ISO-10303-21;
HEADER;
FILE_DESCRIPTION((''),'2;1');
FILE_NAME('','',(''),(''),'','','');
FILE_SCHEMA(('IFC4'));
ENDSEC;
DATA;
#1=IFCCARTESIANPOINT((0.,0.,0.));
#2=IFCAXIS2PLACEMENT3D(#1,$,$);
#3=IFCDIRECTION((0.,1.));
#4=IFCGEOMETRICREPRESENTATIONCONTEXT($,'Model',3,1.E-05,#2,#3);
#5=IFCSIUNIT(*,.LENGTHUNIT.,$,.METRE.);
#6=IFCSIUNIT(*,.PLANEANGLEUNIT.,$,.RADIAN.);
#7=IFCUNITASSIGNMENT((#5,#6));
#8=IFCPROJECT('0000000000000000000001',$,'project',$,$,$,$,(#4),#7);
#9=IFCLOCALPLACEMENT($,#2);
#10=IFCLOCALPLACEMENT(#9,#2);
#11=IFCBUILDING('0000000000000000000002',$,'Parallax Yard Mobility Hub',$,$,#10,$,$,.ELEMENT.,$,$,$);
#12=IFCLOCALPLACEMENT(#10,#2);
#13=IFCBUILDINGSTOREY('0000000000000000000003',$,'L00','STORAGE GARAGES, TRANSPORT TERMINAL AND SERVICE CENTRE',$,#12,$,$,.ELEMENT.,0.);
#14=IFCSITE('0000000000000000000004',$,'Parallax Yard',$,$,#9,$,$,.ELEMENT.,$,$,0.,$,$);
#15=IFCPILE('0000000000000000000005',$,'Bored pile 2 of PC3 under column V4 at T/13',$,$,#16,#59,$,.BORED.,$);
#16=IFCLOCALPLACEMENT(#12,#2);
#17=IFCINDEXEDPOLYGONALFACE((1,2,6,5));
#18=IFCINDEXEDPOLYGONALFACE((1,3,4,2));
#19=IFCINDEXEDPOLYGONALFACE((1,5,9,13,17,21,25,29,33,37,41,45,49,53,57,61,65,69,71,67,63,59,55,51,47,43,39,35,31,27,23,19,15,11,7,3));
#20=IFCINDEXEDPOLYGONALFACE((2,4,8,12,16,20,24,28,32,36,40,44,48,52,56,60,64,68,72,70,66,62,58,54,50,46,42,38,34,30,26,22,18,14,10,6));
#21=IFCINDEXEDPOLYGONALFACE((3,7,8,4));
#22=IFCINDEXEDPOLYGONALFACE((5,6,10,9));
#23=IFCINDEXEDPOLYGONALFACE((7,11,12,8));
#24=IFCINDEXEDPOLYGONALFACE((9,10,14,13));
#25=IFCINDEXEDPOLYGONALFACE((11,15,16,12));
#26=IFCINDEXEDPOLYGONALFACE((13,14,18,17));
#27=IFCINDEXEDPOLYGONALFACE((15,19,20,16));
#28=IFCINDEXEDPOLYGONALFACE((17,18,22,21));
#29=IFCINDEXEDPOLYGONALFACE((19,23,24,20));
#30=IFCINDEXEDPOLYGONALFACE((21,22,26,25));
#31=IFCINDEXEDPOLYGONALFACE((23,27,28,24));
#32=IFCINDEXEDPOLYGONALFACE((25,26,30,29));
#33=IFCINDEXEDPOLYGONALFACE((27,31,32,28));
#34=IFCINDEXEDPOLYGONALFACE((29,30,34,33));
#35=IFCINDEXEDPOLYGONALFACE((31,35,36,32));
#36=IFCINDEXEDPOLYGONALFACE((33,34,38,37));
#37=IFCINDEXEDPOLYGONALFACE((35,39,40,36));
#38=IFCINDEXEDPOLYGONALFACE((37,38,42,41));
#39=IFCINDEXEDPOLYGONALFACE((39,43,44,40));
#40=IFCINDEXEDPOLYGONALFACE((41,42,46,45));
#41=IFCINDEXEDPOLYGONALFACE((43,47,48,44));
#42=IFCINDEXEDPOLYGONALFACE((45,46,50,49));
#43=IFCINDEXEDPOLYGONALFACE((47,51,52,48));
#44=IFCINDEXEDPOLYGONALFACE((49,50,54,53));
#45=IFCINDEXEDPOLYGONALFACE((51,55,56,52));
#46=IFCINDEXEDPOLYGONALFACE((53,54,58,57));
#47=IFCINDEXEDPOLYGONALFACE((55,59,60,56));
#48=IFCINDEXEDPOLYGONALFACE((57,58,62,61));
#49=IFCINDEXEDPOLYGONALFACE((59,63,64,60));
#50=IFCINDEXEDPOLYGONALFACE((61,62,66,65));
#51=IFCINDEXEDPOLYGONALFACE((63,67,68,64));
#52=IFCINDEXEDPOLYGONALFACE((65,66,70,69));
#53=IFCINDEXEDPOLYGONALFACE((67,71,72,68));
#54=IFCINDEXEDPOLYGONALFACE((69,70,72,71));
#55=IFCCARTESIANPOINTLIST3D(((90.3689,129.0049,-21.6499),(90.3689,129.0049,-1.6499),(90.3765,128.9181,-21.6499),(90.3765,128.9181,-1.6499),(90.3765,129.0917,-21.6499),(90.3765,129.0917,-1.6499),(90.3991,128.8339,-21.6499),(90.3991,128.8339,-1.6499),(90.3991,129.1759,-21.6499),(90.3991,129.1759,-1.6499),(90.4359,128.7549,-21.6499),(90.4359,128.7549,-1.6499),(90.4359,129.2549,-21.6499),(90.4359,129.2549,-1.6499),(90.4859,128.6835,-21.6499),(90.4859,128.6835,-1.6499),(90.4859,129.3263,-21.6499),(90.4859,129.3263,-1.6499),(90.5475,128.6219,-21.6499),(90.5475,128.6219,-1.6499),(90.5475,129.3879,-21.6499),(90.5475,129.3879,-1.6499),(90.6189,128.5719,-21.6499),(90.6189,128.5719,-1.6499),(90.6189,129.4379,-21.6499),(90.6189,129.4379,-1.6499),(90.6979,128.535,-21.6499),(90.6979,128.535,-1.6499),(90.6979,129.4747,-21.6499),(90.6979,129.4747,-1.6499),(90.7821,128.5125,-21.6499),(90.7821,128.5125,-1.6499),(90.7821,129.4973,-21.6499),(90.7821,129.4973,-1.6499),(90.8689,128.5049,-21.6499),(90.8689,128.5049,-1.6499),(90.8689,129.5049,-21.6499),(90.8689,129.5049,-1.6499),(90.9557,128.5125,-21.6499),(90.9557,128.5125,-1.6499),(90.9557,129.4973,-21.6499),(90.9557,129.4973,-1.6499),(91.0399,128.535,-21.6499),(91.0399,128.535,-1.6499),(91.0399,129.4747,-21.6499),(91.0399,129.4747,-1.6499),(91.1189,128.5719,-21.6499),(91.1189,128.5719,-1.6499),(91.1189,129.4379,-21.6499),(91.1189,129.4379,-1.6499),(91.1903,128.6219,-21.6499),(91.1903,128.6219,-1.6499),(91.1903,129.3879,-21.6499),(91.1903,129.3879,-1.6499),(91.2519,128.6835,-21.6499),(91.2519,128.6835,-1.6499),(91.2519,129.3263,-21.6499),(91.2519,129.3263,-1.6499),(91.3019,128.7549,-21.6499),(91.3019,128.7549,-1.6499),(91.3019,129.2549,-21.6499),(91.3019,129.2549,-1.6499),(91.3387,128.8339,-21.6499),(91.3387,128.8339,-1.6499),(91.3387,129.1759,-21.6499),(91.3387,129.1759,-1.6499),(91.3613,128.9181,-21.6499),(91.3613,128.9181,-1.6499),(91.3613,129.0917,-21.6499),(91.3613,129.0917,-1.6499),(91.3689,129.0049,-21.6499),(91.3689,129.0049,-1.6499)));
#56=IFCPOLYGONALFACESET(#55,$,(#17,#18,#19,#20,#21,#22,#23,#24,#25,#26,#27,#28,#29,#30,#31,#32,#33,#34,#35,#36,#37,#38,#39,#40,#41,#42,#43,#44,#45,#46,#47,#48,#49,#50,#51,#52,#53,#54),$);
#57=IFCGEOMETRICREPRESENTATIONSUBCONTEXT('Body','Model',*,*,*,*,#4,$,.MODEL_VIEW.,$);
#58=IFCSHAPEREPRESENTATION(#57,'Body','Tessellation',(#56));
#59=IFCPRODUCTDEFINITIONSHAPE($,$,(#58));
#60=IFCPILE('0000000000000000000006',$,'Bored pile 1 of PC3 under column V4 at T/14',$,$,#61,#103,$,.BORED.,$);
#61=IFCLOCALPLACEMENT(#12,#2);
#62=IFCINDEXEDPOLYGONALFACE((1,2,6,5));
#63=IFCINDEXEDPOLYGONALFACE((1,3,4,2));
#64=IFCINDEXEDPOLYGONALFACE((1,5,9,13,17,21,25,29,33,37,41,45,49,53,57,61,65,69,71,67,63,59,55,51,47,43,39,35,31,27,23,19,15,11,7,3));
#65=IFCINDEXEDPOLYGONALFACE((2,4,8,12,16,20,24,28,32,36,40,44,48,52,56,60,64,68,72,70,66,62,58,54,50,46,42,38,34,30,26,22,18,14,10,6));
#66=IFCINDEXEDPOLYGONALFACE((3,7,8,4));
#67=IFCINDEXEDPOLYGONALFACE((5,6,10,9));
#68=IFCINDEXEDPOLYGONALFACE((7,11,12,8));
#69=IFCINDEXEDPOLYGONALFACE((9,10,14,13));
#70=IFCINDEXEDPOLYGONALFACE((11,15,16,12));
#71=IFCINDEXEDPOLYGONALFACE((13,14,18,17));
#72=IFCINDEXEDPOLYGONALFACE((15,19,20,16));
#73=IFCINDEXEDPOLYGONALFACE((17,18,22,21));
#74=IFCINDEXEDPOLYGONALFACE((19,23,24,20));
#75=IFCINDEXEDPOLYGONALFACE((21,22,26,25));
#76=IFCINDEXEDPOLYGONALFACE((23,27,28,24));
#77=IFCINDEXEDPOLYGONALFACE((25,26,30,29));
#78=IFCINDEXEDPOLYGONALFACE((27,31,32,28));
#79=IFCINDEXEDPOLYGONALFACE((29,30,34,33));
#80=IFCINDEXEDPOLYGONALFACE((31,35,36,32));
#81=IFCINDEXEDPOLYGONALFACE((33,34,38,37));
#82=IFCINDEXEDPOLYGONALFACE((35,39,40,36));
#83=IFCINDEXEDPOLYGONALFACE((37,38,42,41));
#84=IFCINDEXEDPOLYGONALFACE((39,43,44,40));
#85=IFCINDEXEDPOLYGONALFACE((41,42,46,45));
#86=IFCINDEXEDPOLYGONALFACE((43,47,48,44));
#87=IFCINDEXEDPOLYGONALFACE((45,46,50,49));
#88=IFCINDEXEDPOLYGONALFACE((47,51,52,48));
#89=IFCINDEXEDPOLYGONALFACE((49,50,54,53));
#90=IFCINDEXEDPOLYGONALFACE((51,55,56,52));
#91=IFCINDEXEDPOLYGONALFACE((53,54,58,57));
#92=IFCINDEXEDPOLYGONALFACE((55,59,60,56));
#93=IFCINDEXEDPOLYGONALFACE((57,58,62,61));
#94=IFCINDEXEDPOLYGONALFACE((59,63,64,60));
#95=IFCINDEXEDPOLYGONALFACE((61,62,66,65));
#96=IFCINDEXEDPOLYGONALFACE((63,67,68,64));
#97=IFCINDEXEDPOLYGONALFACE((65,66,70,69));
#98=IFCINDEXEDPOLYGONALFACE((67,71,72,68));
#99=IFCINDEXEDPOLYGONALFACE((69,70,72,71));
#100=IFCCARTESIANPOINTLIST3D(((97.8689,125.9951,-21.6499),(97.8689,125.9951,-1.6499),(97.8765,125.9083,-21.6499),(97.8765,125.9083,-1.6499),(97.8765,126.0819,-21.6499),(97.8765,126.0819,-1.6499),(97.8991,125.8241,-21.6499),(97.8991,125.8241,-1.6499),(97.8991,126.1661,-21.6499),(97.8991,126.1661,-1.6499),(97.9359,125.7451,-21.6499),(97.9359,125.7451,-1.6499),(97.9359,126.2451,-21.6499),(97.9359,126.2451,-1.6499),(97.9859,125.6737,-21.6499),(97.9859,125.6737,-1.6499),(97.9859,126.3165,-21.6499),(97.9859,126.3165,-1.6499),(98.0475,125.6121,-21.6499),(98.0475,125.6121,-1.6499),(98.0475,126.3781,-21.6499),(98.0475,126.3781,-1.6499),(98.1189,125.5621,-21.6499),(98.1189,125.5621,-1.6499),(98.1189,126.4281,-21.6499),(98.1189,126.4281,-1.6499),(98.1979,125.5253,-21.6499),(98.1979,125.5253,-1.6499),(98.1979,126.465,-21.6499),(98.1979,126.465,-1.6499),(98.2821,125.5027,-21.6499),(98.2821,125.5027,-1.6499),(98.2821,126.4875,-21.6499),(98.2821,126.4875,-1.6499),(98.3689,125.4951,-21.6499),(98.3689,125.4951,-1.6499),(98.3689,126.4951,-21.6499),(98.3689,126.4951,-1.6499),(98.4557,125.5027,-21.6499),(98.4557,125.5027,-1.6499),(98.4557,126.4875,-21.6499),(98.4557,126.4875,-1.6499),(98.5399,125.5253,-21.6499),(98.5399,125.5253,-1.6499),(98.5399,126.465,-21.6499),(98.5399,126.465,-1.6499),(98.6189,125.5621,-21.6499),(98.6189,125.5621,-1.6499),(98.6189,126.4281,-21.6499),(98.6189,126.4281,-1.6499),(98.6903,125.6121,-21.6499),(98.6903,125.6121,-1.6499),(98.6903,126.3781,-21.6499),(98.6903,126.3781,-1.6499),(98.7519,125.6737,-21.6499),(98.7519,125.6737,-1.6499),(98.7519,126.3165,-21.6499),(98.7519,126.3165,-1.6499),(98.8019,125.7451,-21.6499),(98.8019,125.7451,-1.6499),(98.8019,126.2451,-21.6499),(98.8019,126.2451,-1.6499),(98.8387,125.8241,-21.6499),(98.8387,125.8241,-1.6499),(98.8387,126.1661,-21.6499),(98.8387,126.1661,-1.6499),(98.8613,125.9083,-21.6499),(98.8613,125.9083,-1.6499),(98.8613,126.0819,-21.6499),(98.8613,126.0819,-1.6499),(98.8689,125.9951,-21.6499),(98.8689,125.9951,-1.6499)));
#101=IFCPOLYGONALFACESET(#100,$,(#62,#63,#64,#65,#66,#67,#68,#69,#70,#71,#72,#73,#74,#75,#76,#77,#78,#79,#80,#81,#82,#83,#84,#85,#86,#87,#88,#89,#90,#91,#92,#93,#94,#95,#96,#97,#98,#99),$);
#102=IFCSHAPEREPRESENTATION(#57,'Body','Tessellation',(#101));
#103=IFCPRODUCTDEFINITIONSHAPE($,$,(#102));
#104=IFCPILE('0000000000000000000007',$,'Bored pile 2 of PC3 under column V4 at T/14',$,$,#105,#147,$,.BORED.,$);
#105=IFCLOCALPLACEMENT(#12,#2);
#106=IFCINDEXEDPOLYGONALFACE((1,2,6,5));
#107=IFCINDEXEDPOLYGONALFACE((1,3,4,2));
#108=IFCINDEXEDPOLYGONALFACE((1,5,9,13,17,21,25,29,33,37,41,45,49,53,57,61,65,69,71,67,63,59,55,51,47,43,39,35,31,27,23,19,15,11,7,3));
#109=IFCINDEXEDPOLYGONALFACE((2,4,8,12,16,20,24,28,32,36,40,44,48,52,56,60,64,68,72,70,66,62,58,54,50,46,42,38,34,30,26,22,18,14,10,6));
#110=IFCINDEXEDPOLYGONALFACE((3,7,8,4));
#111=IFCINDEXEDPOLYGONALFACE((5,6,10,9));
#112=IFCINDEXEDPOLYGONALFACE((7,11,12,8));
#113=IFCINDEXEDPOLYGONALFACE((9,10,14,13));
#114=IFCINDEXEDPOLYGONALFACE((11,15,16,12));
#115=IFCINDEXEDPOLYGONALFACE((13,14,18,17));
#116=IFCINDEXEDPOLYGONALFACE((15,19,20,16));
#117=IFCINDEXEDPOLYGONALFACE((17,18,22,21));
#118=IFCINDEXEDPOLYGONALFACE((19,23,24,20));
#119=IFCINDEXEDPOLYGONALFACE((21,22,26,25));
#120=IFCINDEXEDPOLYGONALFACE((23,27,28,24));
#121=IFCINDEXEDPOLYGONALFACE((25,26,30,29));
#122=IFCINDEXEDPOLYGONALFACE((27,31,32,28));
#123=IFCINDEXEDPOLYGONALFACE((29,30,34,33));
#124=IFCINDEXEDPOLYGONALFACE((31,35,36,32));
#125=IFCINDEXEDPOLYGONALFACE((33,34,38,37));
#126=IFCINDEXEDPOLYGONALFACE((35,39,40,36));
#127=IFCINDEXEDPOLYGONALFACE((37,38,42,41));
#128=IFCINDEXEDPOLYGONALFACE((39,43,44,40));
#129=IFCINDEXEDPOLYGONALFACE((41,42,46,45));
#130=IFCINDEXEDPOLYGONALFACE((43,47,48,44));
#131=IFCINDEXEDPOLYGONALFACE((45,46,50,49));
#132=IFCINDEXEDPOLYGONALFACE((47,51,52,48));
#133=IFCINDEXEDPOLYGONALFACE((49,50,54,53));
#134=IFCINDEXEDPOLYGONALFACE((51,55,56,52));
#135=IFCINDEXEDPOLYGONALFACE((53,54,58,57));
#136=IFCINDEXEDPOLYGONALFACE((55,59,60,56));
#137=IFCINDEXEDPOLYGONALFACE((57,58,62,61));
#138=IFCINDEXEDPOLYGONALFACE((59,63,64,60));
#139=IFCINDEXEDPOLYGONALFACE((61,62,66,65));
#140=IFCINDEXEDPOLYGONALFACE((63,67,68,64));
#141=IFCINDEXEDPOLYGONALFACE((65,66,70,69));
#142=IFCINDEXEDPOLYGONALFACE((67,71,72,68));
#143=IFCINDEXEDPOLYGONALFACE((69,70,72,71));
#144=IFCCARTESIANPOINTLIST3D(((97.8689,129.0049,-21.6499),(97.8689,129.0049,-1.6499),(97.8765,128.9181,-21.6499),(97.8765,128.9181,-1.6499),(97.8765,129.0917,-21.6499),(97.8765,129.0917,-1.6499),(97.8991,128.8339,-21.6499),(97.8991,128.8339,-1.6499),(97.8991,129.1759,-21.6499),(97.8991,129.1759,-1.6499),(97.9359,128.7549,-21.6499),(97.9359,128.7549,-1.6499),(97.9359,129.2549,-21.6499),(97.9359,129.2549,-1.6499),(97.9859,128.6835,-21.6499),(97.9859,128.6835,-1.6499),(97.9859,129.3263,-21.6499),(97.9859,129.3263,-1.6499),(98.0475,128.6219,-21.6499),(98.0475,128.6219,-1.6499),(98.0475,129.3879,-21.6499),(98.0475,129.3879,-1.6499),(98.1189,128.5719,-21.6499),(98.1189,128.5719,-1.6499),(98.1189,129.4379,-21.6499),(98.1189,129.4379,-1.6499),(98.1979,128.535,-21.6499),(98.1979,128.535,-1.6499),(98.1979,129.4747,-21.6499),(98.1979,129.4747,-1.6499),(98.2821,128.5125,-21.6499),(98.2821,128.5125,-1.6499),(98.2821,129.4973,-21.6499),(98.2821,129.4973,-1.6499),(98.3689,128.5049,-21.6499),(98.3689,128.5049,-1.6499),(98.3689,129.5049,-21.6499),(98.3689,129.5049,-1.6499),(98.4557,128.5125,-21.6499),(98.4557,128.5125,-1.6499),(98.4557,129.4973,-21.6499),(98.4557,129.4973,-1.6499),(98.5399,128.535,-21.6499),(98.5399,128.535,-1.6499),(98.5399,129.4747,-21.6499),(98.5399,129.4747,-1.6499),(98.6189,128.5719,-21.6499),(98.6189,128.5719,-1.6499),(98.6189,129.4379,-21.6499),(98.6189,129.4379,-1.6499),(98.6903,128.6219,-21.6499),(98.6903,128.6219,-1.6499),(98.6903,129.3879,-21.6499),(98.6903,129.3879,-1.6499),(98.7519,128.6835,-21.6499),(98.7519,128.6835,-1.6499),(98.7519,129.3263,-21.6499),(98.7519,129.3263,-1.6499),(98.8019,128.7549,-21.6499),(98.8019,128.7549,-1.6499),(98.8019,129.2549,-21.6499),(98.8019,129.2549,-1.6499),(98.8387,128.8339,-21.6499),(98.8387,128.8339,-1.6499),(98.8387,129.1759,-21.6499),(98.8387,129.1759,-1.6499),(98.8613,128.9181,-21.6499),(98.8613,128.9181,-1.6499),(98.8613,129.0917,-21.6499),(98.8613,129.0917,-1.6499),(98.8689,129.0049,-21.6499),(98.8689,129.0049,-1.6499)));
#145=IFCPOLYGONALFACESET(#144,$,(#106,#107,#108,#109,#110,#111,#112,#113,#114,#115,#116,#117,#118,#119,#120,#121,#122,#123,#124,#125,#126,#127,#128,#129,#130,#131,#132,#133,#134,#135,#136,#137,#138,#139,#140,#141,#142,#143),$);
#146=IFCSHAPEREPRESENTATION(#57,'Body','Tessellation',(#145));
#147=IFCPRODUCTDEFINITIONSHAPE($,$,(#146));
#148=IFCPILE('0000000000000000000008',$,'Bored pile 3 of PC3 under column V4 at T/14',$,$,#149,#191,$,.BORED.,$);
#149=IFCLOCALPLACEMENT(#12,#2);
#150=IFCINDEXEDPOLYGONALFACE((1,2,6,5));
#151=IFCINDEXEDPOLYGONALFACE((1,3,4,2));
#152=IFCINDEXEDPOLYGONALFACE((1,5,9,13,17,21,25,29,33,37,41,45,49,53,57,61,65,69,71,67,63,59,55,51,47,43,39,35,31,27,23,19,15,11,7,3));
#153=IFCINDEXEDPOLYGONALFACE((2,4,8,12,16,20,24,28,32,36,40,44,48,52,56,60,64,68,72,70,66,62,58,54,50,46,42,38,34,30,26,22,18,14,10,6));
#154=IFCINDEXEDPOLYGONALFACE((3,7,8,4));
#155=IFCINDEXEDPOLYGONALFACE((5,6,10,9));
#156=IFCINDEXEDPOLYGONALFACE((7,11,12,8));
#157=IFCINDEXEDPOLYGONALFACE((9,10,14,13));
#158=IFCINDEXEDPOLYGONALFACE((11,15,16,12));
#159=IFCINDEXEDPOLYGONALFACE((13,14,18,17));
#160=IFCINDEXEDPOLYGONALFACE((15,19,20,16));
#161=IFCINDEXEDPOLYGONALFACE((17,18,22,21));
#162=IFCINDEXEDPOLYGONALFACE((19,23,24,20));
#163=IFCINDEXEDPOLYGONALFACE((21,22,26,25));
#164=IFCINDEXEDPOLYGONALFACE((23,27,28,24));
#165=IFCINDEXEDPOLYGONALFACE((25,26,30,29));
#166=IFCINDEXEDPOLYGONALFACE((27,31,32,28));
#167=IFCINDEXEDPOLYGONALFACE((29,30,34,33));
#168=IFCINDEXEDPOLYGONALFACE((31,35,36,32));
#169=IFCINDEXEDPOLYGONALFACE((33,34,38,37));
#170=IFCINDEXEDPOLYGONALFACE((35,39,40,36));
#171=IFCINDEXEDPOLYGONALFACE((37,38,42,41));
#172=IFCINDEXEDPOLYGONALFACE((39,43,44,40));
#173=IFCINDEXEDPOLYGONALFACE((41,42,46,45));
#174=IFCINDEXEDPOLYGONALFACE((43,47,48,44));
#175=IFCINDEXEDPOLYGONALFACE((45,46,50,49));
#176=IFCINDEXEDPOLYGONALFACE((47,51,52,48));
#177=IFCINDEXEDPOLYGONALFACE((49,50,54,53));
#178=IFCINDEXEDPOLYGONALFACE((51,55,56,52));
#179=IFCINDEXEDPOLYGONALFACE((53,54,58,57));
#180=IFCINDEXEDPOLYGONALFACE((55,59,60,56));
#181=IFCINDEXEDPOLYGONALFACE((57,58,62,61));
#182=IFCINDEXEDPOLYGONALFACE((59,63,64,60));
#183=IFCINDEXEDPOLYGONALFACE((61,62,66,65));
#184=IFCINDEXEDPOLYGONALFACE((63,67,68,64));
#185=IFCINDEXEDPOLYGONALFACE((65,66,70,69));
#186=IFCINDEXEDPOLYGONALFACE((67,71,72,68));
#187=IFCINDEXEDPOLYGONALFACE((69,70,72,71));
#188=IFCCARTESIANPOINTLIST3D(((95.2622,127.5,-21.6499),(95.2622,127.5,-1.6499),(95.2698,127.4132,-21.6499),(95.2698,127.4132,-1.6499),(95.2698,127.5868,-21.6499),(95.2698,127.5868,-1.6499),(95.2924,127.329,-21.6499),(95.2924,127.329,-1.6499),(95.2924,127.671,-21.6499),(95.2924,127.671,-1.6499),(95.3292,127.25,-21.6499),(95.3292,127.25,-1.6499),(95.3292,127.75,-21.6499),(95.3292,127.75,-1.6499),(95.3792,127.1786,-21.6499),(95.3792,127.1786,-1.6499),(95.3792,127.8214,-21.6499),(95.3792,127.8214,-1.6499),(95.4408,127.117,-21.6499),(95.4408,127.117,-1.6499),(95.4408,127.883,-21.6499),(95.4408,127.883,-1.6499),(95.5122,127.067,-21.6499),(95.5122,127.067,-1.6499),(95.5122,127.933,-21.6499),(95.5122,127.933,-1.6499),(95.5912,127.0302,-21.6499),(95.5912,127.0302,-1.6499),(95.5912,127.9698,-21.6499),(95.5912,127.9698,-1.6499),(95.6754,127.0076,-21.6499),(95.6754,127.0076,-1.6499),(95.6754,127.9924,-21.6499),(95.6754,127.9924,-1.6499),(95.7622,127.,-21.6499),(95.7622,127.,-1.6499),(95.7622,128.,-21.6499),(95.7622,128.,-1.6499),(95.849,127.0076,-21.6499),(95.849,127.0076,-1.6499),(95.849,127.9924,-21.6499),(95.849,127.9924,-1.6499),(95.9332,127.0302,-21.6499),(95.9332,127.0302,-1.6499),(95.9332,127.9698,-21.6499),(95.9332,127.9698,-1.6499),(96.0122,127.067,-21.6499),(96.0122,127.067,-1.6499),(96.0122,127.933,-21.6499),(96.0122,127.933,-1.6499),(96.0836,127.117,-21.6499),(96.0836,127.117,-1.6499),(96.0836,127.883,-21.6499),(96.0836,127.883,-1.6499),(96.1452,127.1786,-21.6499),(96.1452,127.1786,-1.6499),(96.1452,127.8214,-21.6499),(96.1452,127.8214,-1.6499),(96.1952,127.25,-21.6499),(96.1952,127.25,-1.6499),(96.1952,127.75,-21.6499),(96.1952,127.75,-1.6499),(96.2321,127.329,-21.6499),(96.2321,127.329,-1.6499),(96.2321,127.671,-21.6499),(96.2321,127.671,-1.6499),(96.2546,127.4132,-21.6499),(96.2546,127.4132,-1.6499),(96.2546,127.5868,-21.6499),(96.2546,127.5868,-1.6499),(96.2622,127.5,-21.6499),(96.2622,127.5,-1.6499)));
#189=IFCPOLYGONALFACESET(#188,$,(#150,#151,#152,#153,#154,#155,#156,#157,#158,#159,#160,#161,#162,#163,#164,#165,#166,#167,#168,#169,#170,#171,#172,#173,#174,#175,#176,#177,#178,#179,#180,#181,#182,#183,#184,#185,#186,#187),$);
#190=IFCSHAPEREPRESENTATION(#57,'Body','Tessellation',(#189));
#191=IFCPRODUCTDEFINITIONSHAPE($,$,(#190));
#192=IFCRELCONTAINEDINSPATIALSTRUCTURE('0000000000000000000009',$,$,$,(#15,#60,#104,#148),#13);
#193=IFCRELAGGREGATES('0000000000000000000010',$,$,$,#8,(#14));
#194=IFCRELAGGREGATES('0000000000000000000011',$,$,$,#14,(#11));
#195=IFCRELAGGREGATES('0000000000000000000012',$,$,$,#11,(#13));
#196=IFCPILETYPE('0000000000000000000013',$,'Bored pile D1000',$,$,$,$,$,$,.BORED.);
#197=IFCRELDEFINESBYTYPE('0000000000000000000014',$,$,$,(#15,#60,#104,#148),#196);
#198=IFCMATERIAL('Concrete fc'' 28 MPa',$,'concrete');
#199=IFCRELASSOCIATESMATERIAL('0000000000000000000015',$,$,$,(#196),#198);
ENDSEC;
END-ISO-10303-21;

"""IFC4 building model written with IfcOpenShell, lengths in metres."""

from ifc_helpers import new_model, si_unit, direction, frame, origin, origin_2d, place, context, subcontext, project, spatial, circle, extrude, material, material_profile, profile_set, type_object, element, save


model = new_model("IFC4")

# Units and contexts
model_context = context("Model", 3, precision=1e-05, world=origin(), true_north=direction((0.0, 1.0)))
body_context = subcontext(model_context, "Body", "Model", "MODEL_VIEW")
ifc_project = project(units=[si_unit("LENGTHUNIT", "METRE"), si_unit("PLANEANGLEUNIT", "RADIAN")], contexts=[model_context])

# Site, building, storey
site_placement = place(None, origin())
site = spatial("IfcSite", under=ifc_project, at=site_placement, Name="Parallax Yard", CompositionType="ELEMENT", RefElevation=0.0)
building_placement = place(site_placement, origin())
building = spatial("IfcBuilding", under=site, at=building_placement, Name="Parallax Yard Mobility Hub", CompositionType="ELEMENT")
storey_placement = place(building_placement, origin())
storey = spatial("IfcBuildingStorey", under=building, at=storey_placement, Name="L00", Description="STORAGE GARAGES, TRANSPORT TERMINAL AND SERVICE CENTRE", CompositionType="ELEMENT", Elevation=0.0)

# Piles
ifc_material_1 = material(Name="Concrete fc' 28 MPa", Category="concrete")
ifc_material_profile_1 = material_profile(ifc_material_1, circle(Radius=0.5, at=origin_2d()), Name="Bored pile D1000")
ifc_profile_set_1 = profile_set([ifc_material_profile_1], Name="Concrete fc' 28 MPa")
pile_type = type_object("IfcPileType", Name="Bored pile D1000", PredefinedType="BORED", material=ifc_profile_set_1)
for number, where, z_axis, x_axis, name in (
    (1, (90.8689, 129.0049, -1.6499), (0.0, 0.0, -1.0), (1.0, 0.0, 0.0), "Bored pile 2 of PC3 under column V4 at T/13"),
    (2, (98.3689, 125.9951, -1.6499), (0.0, 0.0, -1.0), (1.0, 0.0, 0.0), "Bored pile 1 of PC3 under column V4 at T/14"),
    (3, (98.3689, 129.0049, -1.6499), (0.0, 0.0, -1.0), (1.0, 0.0, 0.0), "Bored pile 2 of PC3 under column V4 at T/14"),
    (4, (95.7622, 127.5, -1.6499), (0.0, 0.0, -1.0), (1.0, 0.0, 0.0), "Bored pile 3 of PC3 under column V4 at T/14"),
):
    element("IfcPile", number, at=place(storey_placement, frame(where, z_axis=z_axis, x_axis=x_axis)), inside=storey, type_object=pile_type, Name=name, PredefinedType="BORED", context=body_context, shape_type="SweptSolid", body=[
        extrude(circle(Radius=0.5, at=origin_2d()), origin(), (0.0, 0.0, 1.0), 20.0),
    ])

save(model, "model.ifc")
